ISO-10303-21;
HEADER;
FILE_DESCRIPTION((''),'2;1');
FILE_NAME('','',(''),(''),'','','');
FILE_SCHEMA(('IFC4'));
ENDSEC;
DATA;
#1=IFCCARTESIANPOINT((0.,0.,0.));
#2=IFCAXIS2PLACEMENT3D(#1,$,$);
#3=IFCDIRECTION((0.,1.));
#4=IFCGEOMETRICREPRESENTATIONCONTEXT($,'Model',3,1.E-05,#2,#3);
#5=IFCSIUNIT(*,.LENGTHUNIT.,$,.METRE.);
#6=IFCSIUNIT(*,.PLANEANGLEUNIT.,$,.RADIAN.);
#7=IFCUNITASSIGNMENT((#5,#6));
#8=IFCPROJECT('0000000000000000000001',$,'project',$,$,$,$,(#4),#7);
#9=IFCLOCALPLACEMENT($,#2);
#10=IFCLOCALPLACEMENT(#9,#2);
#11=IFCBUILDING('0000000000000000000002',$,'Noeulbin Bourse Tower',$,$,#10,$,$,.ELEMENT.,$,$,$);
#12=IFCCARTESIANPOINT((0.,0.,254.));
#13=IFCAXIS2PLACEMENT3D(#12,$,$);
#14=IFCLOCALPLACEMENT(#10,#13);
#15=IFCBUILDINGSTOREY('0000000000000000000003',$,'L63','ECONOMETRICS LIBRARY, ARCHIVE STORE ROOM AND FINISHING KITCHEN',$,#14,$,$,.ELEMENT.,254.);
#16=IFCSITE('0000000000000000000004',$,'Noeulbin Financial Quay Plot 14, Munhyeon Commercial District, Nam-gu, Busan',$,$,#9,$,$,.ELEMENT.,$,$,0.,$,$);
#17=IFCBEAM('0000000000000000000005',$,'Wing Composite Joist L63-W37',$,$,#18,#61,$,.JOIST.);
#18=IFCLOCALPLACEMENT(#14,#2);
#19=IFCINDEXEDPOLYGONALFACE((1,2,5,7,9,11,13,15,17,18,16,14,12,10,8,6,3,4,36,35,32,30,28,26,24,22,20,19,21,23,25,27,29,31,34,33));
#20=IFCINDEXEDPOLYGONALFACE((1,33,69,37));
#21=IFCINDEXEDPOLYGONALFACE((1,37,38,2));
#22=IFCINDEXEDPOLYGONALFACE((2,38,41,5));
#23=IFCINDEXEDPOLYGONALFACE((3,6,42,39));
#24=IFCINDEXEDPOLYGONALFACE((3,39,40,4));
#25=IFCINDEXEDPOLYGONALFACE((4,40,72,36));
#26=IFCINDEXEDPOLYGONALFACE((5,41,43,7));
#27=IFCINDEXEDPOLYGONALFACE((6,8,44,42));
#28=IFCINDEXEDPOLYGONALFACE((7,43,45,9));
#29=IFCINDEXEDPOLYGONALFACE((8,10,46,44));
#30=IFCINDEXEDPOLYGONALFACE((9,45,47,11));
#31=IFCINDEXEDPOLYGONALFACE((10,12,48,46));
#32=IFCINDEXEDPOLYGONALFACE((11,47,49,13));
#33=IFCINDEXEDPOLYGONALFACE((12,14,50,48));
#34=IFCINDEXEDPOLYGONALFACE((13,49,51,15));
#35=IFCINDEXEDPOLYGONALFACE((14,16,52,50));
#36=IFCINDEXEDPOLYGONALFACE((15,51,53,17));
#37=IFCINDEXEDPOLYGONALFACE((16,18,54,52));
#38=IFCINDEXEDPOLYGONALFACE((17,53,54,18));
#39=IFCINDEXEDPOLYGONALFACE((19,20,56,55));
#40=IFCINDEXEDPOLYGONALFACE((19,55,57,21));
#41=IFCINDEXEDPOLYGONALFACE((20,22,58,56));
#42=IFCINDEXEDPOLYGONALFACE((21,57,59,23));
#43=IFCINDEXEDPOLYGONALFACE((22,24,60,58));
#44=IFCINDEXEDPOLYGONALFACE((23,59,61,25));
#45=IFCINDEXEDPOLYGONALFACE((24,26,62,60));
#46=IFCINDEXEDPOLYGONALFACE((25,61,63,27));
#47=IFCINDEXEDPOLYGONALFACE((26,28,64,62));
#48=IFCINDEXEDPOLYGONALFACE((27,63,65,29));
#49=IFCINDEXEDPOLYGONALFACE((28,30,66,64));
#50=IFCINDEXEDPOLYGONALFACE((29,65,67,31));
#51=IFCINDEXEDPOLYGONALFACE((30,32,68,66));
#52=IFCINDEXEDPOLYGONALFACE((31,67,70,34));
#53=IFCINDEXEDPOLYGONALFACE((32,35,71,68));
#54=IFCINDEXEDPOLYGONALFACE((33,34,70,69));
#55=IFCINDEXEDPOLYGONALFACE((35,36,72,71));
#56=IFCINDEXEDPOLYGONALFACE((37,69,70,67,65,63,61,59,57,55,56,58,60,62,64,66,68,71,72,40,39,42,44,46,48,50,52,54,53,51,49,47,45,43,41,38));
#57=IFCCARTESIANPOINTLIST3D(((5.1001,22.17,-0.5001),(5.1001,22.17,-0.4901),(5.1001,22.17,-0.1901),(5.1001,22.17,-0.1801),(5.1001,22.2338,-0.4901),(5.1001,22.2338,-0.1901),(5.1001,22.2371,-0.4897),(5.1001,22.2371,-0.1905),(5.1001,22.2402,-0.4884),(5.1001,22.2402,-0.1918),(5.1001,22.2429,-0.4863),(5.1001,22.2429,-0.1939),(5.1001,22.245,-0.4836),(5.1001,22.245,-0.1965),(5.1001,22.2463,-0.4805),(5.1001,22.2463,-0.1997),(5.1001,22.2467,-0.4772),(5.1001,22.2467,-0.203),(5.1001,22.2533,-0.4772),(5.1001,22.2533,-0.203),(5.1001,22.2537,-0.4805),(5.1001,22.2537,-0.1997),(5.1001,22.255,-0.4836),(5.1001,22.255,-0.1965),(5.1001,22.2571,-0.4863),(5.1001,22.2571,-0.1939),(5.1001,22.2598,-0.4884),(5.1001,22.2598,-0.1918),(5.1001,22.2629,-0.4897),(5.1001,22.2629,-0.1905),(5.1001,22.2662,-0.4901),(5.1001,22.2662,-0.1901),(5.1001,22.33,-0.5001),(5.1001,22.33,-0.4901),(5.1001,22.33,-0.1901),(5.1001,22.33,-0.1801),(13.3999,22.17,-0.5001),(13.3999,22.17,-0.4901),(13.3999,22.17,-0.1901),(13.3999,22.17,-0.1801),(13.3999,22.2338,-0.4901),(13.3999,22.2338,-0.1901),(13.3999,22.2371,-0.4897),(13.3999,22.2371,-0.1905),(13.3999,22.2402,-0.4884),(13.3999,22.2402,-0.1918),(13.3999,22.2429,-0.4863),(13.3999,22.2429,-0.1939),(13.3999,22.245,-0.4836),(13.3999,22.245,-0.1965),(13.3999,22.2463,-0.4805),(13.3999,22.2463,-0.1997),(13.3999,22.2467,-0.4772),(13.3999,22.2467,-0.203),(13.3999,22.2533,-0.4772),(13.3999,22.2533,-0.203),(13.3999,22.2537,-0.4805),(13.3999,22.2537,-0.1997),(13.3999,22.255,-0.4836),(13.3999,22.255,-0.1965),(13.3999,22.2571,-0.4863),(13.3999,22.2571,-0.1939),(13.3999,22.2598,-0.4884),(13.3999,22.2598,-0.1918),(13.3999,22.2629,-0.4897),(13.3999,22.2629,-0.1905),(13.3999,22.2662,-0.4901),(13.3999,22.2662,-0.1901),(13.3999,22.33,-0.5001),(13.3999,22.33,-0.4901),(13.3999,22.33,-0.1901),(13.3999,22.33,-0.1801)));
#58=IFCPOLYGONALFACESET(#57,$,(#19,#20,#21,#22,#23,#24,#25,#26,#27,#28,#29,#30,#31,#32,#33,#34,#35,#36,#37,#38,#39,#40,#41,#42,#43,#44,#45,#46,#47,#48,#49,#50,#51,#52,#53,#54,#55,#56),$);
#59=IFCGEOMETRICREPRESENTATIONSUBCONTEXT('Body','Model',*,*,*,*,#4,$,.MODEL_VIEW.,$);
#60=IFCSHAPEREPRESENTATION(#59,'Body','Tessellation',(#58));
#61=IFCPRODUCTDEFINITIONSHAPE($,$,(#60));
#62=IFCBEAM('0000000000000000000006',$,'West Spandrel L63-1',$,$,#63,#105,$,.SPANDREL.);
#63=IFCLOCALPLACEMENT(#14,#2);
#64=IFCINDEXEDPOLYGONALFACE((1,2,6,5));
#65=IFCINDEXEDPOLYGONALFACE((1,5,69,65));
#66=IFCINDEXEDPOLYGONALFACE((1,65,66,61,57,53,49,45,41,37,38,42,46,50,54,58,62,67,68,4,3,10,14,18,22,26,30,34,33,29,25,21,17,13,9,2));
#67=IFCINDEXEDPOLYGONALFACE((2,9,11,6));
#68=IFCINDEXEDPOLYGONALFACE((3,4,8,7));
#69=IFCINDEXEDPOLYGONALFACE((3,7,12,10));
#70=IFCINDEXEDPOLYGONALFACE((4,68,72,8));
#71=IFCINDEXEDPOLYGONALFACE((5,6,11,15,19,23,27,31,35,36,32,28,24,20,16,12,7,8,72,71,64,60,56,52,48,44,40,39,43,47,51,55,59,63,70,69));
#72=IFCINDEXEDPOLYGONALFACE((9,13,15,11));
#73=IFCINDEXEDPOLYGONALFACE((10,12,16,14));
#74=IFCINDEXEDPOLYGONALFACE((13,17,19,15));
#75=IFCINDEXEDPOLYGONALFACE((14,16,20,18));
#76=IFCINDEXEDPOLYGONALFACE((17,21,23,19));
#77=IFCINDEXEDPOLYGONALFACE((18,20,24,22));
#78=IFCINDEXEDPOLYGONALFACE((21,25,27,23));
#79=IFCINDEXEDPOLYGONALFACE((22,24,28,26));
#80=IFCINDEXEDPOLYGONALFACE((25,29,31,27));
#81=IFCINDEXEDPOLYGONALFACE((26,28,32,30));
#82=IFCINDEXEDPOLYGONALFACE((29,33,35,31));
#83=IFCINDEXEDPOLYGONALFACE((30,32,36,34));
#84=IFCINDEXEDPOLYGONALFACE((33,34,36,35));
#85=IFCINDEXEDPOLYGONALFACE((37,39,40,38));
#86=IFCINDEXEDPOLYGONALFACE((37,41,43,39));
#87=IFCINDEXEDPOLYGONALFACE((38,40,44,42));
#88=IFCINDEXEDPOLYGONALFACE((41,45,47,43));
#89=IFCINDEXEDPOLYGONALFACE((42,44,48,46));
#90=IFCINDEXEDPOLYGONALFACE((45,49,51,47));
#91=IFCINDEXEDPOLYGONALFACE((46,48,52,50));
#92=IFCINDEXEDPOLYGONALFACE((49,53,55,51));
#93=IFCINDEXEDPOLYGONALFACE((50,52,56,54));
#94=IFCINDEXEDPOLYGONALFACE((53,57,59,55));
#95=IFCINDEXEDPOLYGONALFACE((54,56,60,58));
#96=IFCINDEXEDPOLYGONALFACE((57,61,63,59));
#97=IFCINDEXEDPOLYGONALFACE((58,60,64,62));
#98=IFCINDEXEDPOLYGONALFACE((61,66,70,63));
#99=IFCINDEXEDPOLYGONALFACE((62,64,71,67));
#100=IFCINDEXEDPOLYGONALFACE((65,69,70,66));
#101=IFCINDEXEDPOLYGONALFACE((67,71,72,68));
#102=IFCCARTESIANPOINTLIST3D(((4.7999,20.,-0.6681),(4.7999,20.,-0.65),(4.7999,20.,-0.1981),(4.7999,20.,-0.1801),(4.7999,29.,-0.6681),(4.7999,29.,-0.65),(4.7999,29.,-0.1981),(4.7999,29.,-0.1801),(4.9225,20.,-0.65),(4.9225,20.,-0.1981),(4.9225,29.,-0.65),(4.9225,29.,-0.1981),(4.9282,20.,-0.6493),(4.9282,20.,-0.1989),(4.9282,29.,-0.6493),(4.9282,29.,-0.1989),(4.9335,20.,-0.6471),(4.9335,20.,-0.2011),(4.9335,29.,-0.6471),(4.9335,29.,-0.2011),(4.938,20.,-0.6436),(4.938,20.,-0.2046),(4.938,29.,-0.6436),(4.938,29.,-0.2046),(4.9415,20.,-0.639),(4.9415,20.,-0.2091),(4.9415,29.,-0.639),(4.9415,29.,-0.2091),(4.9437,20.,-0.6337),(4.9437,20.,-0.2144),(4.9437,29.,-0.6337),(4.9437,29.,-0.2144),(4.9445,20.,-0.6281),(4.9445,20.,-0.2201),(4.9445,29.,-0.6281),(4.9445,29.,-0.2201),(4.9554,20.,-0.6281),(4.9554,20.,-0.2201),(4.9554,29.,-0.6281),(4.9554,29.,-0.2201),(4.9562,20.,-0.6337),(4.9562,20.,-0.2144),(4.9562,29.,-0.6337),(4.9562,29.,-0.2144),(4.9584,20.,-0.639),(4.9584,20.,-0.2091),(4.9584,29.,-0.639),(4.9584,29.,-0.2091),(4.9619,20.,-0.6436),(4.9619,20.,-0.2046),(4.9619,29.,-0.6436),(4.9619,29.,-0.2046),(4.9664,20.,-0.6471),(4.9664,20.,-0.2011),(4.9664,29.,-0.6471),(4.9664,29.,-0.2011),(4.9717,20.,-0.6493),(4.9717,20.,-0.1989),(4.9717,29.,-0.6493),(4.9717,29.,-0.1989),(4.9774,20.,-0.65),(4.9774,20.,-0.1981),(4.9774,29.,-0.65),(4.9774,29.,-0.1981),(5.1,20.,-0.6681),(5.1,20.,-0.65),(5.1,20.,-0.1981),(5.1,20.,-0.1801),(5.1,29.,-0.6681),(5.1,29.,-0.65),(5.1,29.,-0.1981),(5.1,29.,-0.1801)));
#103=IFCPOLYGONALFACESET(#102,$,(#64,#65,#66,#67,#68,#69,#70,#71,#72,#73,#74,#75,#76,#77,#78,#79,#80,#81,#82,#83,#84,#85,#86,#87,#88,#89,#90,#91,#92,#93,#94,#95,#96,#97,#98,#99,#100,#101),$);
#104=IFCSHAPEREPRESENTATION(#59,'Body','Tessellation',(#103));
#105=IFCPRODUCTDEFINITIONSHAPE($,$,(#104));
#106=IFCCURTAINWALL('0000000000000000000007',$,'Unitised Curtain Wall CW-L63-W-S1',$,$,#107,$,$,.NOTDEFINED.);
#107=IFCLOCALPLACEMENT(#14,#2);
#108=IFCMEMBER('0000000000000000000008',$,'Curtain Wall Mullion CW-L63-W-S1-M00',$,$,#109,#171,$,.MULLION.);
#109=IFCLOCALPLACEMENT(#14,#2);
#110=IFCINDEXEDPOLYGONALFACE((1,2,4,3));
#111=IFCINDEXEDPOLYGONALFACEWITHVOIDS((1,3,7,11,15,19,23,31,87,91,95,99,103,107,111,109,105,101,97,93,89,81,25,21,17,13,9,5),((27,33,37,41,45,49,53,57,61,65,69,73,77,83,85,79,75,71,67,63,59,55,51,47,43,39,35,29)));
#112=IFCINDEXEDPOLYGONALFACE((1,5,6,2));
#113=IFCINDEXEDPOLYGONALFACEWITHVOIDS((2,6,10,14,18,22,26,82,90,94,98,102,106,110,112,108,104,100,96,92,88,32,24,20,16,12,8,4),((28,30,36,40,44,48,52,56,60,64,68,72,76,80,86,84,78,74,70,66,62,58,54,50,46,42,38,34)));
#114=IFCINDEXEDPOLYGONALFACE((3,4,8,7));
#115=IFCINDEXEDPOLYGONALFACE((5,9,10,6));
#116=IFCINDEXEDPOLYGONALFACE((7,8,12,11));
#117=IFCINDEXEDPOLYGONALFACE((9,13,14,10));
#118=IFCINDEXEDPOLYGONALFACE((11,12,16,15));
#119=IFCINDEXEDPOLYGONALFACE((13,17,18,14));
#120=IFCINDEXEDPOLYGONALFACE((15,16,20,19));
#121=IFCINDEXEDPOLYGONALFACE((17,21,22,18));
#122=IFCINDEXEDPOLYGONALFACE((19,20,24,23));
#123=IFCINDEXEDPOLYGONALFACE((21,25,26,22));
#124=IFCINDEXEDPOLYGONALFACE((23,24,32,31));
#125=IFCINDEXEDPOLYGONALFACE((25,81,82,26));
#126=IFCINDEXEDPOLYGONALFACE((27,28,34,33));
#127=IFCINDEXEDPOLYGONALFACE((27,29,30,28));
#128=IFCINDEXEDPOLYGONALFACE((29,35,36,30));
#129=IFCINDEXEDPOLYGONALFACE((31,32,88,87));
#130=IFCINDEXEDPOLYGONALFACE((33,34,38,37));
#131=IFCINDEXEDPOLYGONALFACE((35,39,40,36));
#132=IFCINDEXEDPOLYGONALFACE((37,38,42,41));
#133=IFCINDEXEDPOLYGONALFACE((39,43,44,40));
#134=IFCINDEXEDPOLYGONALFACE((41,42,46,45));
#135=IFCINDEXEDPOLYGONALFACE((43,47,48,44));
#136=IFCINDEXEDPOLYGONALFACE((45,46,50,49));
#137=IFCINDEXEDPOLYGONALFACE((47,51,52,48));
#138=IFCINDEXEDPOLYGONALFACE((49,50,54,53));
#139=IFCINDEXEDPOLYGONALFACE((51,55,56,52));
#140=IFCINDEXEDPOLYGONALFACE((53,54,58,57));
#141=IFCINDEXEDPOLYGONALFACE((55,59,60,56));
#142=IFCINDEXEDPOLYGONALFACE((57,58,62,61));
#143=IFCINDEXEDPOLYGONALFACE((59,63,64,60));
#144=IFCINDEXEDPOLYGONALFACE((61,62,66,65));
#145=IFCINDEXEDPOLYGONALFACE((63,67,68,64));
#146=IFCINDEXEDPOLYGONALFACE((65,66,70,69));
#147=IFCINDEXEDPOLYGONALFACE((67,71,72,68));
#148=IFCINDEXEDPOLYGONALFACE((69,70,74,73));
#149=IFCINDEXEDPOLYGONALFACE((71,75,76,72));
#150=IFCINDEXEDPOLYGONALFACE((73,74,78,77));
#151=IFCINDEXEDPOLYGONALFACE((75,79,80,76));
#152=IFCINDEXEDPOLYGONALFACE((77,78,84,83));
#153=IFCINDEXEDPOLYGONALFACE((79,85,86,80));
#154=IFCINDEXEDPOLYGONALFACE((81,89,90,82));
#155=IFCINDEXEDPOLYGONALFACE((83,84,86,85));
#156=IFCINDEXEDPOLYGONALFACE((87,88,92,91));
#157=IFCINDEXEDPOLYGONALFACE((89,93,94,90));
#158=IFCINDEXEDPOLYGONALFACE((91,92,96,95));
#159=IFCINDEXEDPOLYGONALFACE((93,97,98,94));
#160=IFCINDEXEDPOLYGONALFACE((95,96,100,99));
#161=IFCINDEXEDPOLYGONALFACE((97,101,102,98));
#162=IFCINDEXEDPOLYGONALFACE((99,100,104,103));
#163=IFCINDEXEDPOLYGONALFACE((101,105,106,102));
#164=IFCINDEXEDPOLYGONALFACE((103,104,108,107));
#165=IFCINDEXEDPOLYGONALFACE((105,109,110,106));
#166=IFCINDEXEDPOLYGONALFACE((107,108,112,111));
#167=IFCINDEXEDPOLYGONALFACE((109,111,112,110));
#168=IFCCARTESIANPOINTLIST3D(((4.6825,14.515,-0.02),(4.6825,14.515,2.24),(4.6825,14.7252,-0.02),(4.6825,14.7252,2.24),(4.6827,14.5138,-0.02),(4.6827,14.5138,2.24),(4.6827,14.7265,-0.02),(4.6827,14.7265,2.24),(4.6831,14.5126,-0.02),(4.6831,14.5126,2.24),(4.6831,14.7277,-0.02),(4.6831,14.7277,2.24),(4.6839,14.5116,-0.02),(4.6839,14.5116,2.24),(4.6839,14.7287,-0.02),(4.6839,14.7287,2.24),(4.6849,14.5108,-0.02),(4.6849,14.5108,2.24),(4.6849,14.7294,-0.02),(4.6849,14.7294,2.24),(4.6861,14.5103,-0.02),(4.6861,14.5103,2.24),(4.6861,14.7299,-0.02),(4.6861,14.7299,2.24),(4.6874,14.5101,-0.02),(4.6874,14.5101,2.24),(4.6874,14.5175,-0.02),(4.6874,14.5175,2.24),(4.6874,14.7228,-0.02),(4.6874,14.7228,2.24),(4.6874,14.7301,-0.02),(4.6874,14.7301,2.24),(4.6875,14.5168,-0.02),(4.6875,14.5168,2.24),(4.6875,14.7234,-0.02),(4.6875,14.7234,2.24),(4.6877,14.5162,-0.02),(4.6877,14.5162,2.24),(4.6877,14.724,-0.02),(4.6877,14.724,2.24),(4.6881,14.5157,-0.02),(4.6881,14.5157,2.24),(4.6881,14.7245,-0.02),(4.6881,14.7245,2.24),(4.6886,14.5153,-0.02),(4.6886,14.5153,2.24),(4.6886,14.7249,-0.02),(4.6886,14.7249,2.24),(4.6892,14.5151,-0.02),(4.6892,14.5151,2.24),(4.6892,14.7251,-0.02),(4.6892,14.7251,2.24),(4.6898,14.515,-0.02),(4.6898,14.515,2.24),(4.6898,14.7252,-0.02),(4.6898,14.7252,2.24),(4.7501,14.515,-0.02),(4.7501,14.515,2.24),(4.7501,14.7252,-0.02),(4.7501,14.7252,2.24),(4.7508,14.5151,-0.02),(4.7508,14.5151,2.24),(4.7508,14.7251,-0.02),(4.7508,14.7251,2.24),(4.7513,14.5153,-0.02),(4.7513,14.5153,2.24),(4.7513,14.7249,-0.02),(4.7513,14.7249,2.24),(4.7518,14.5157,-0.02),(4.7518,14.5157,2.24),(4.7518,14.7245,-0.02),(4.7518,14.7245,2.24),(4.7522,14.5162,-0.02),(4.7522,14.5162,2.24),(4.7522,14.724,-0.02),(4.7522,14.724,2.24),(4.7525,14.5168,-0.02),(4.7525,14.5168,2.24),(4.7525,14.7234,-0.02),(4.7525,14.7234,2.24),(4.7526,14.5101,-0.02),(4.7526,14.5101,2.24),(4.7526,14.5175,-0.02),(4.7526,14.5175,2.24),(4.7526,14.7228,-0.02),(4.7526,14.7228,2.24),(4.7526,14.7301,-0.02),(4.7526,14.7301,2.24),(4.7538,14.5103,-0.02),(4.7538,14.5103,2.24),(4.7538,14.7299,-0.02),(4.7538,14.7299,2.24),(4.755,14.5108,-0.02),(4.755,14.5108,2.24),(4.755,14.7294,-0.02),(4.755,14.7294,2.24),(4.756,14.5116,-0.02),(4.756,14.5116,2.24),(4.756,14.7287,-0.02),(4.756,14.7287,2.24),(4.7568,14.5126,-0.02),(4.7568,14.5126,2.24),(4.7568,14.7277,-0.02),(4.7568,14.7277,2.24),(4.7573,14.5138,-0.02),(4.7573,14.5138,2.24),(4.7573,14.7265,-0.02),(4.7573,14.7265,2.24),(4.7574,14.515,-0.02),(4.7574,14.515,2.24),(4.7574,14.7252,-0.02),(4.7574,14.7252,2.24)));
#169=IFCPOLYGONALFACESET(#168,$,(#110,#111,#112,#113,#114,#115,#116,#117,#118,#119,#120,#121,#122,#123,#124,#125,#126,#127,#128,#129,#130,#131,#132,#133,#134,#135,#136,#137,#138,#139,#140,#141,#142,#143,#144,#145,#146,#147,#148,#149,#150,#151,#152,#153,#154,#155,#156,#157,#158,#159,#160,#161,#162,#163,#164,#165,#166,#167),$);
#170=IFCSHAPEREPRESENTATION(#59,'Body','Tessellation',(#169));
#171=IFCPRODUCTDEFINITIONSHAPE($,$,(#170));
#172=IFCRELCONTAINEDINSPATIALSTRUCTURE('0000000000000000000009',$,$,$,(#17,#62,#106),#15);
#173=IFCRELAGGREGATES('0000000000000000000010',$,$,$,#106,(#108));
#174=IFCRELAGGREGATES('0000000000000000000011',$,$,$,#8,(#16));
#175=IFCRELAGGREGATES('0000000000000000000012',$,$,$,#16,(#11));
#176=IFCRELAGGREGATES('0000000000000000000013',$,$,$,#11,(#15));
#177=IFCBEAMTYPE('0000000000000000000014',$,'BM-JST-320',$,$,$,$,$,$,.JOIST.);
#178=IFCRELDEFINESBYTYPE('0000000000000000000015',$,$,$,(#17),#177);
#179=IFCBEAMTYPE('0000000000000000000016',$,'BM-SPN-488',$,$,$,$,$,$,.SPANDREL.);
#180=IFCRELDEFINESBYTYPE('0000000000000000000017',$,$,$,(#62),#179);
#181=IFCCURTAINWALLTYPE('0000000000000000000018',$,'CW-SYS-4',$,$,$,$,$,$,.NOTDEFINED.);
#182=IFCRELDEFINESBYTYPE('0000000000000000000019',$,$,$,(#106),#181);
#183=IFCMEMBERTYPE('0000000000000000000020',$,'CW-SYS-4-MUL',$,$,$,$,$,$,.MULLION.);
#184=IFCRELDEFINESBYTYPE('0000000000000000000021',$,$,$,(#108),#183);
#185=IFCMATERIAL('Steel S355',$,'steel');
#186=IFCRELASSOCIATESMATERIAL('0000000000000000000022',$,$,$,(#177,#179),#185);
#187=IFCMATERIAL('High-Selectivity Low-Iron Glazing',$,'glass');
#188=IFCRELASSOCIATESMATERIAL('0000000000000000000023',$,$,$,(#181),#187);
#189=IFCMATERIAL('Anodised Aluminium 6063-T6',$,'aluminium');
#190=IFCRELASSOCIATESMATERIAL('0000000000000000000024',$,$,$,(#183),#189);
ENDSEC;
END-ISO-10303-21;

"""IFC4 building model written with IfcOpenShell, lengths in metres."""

from ifc_helpers import new_model, si_unit, direction, frame, origin, origin_2d, place, context, subcontext, project, spatial, hollow_rectangle, i_section, extrude, material, material_profile, profile_set, type_object, element, aggregate, save


model = new_model("IFC4")

# Units and contexts
model_context = context("Model", 3, precision=1e-05, world=origin(), true_north=direction((0.0, 1.0)))
body_context = subcontext(model_context, "Body", "Model", "MODEL_VIEW")
ifc_project = project(units=[si_unit("LENGTHUNIT", "METRE"), si_unit("PLANEANGLEUNIT", "RADIAN")], contexts=[model_context])

# Site, building, storey
site_placement = place(None, origin())
site = spatial("IfcSite", under=ifc_project, at=site_placement, Name="Noeulbin Financial Quay Plot 14, Munhyeon Commercial District, Nam-gu, Busan", CompositionType="ELEMENT", RefElevation=0.0)
building_placement = place(site_placement, origin())
building = spatial("IfcBuilding", under=site, at=building_placement, Name="Noeulbin Bourse Tower", CompositionType="ELEMENT")
storey_placement = place(building_placement, frame((0.0, 0.0, 254.0)))
storey = spatial("IfcBuildingStorey", under=building, at=storey_placement, Name="L63", Description="ECONOMETRICS LIBRARY, ARCHIVE STORE ROOM AND FINISHING KITCHEN", CompositionType="ELEMENT", Elevation=254.0)

# Shared definitions
ifc_material_1 = material(Name="Steel S355", Category="steel")

# Beams
ifc_material_profile_1 = material_profile(ifc_material_1, i_section(OverallWidth=0.1599, OverallDepth=0.3201, WebThickness=0.0066, FlangeThickness=0.01, FilletRadius=0.0129, at=origin_2d()), Name="H-320x160x6.5x10", Category="LoadBearing")
ifc_profile_set_1 = profile_set([ifc_material_profile_1], Name="Steel S355")
beam_type_1 = type_object("IfcBeamType", Name="BM-JST-320", PredefinedType="JOIST", material=ifc_profile_set_1)
beam_1_placement = place(storey_placement, frame((5.1001, 22.25, -0.3401), z_axis=(1.0, 0.0, 0.0), x_axis=(0.0, 1.0, 0.0)))
element("IfcBeam", 1, at=beam_1_placement, inside=storey, type_object=beam_type_1, Name="Wing Composite Joist L63-W37", PredefinedType="JOIST", context=body_context, shape_type="SweptSolid", body=[
    extrude(i_section(OverallWidth=0.1599, OverallDepth=0.3201, WebThickness=0.0066, FlangeThickness=0.01, FilletRadius=0.0129, at=origin_2d()), origin(), (0.0, 0.0, 1.0), 8.2998),
])
ifc_material_profile_2 = material_profile(ifc_material_1, i_section(OverallWidth=0.3, OverallDepth=0.488, WebThickness=0.011, FlangeThickness=0.0181, FilletRadius=0.022, at=origin_2d()), Name="H-488x300x11x18", Category="LoadBearing")
ifc_profile_set_2 = profile_set([ifc_material_profile_2], Name="Steel S355")
beam_type_2 = type_object("IfcBeamType", Name="BM-SPN-488", PredefinedType="SPANDREL", material=ifc_profile_set_2)
beam_2_placement = place(storey_placement, frame((4.95, 20.0, -0.4241), z_axis=(0.0, 1.0, 0.0), x_axis=(-1.0, 0.0, 0.0)))
element("IfcBeam", 2, at=beam_2_placement, inside=storey, type_object=beam_type_2, Name="West Spandrel L63-1", PredefinedType="SPANDREL", context=body_context, shape_type="SweptSolid", body=[
    extrude(i_section(OverallWidth=0.3, OverallDepth=0.488, WebThickness=0.011, FlangeThickness=0.0181, FilletRadius=0.022, at=origin_2d()), origin(), (0.0, 0.0, 1.0), 9.0),
])

# Curtain wall, member
ifc_material_2 = material(Name="High-Selectivity Low-Iron Glazing", Category="glass")
curtain_wall_type = type_object("IfcCurtainWallType", Name="CW-SYS-4", PredefinedType="NOTDEFINED", material=ifc_material_2)
curtain_wall_1_placement = place(storey_placement, origin())
curtain_wall_1 = element("IfcCurtainWall", 3, at=curtain_wall_1_placement, inside=storey, type_object=curtain_wall_type, Name="Unitised Curtain Wall CW-L63-W-S1", PredefinedType="NOTDEFINED")
ifc_material_3 = material(Name="Anodised Aluminium 6063-T6", Category="aluminium")
ifc_material_profile_3 = material_profile(ifc_material_3, hollow_rectangle(XDim=0.075, YDim=0.22, WallThickness=0.0049, InnerFilletRadius=0.0024, OuterFilletRadius=0.0049, at=origin_2d()), Name="ALU-MULL-75x220x5", Category="LoadBearing")
ifc_profile_set_3 = profile_set([ifc_material_profile_3], Name="Anodised Aluminium 6063-T6")
member_type_1 = type_object("IfcMemberType", Name="CW-SYS-4-MUL", PredefinedType="MULLION", material=ifc_profile_set_3)
member_1_placement = place(storey_placement, frame((4.72, 14.6201, -0.02), z_axis=(0.0, 0.0, 1.0), x_axis=(1.0, 0.0, 0.0)))
member_1 = element("IfcMember", 4, at=member_1_placement, type_object=member_type_1, Name="Curtain Wall Mullion CW-L63-W-S1-M00", PredefinedType="MULLION", context=body_context, shape_type="SweptSolid", body=[
    extrude(hollow_rectangle(XDim=0.075, YDim=0.22, WallThickness=0.0049, InnerFilletRadius=0.0024, OuterFilletRadius=0.0049, at=origin_2d()), origin(), (0.0, 0.0, 1.0), 2.26),
])

aggregate(curtain_wall_1, [member_1])

save(model, "model.ifc")
